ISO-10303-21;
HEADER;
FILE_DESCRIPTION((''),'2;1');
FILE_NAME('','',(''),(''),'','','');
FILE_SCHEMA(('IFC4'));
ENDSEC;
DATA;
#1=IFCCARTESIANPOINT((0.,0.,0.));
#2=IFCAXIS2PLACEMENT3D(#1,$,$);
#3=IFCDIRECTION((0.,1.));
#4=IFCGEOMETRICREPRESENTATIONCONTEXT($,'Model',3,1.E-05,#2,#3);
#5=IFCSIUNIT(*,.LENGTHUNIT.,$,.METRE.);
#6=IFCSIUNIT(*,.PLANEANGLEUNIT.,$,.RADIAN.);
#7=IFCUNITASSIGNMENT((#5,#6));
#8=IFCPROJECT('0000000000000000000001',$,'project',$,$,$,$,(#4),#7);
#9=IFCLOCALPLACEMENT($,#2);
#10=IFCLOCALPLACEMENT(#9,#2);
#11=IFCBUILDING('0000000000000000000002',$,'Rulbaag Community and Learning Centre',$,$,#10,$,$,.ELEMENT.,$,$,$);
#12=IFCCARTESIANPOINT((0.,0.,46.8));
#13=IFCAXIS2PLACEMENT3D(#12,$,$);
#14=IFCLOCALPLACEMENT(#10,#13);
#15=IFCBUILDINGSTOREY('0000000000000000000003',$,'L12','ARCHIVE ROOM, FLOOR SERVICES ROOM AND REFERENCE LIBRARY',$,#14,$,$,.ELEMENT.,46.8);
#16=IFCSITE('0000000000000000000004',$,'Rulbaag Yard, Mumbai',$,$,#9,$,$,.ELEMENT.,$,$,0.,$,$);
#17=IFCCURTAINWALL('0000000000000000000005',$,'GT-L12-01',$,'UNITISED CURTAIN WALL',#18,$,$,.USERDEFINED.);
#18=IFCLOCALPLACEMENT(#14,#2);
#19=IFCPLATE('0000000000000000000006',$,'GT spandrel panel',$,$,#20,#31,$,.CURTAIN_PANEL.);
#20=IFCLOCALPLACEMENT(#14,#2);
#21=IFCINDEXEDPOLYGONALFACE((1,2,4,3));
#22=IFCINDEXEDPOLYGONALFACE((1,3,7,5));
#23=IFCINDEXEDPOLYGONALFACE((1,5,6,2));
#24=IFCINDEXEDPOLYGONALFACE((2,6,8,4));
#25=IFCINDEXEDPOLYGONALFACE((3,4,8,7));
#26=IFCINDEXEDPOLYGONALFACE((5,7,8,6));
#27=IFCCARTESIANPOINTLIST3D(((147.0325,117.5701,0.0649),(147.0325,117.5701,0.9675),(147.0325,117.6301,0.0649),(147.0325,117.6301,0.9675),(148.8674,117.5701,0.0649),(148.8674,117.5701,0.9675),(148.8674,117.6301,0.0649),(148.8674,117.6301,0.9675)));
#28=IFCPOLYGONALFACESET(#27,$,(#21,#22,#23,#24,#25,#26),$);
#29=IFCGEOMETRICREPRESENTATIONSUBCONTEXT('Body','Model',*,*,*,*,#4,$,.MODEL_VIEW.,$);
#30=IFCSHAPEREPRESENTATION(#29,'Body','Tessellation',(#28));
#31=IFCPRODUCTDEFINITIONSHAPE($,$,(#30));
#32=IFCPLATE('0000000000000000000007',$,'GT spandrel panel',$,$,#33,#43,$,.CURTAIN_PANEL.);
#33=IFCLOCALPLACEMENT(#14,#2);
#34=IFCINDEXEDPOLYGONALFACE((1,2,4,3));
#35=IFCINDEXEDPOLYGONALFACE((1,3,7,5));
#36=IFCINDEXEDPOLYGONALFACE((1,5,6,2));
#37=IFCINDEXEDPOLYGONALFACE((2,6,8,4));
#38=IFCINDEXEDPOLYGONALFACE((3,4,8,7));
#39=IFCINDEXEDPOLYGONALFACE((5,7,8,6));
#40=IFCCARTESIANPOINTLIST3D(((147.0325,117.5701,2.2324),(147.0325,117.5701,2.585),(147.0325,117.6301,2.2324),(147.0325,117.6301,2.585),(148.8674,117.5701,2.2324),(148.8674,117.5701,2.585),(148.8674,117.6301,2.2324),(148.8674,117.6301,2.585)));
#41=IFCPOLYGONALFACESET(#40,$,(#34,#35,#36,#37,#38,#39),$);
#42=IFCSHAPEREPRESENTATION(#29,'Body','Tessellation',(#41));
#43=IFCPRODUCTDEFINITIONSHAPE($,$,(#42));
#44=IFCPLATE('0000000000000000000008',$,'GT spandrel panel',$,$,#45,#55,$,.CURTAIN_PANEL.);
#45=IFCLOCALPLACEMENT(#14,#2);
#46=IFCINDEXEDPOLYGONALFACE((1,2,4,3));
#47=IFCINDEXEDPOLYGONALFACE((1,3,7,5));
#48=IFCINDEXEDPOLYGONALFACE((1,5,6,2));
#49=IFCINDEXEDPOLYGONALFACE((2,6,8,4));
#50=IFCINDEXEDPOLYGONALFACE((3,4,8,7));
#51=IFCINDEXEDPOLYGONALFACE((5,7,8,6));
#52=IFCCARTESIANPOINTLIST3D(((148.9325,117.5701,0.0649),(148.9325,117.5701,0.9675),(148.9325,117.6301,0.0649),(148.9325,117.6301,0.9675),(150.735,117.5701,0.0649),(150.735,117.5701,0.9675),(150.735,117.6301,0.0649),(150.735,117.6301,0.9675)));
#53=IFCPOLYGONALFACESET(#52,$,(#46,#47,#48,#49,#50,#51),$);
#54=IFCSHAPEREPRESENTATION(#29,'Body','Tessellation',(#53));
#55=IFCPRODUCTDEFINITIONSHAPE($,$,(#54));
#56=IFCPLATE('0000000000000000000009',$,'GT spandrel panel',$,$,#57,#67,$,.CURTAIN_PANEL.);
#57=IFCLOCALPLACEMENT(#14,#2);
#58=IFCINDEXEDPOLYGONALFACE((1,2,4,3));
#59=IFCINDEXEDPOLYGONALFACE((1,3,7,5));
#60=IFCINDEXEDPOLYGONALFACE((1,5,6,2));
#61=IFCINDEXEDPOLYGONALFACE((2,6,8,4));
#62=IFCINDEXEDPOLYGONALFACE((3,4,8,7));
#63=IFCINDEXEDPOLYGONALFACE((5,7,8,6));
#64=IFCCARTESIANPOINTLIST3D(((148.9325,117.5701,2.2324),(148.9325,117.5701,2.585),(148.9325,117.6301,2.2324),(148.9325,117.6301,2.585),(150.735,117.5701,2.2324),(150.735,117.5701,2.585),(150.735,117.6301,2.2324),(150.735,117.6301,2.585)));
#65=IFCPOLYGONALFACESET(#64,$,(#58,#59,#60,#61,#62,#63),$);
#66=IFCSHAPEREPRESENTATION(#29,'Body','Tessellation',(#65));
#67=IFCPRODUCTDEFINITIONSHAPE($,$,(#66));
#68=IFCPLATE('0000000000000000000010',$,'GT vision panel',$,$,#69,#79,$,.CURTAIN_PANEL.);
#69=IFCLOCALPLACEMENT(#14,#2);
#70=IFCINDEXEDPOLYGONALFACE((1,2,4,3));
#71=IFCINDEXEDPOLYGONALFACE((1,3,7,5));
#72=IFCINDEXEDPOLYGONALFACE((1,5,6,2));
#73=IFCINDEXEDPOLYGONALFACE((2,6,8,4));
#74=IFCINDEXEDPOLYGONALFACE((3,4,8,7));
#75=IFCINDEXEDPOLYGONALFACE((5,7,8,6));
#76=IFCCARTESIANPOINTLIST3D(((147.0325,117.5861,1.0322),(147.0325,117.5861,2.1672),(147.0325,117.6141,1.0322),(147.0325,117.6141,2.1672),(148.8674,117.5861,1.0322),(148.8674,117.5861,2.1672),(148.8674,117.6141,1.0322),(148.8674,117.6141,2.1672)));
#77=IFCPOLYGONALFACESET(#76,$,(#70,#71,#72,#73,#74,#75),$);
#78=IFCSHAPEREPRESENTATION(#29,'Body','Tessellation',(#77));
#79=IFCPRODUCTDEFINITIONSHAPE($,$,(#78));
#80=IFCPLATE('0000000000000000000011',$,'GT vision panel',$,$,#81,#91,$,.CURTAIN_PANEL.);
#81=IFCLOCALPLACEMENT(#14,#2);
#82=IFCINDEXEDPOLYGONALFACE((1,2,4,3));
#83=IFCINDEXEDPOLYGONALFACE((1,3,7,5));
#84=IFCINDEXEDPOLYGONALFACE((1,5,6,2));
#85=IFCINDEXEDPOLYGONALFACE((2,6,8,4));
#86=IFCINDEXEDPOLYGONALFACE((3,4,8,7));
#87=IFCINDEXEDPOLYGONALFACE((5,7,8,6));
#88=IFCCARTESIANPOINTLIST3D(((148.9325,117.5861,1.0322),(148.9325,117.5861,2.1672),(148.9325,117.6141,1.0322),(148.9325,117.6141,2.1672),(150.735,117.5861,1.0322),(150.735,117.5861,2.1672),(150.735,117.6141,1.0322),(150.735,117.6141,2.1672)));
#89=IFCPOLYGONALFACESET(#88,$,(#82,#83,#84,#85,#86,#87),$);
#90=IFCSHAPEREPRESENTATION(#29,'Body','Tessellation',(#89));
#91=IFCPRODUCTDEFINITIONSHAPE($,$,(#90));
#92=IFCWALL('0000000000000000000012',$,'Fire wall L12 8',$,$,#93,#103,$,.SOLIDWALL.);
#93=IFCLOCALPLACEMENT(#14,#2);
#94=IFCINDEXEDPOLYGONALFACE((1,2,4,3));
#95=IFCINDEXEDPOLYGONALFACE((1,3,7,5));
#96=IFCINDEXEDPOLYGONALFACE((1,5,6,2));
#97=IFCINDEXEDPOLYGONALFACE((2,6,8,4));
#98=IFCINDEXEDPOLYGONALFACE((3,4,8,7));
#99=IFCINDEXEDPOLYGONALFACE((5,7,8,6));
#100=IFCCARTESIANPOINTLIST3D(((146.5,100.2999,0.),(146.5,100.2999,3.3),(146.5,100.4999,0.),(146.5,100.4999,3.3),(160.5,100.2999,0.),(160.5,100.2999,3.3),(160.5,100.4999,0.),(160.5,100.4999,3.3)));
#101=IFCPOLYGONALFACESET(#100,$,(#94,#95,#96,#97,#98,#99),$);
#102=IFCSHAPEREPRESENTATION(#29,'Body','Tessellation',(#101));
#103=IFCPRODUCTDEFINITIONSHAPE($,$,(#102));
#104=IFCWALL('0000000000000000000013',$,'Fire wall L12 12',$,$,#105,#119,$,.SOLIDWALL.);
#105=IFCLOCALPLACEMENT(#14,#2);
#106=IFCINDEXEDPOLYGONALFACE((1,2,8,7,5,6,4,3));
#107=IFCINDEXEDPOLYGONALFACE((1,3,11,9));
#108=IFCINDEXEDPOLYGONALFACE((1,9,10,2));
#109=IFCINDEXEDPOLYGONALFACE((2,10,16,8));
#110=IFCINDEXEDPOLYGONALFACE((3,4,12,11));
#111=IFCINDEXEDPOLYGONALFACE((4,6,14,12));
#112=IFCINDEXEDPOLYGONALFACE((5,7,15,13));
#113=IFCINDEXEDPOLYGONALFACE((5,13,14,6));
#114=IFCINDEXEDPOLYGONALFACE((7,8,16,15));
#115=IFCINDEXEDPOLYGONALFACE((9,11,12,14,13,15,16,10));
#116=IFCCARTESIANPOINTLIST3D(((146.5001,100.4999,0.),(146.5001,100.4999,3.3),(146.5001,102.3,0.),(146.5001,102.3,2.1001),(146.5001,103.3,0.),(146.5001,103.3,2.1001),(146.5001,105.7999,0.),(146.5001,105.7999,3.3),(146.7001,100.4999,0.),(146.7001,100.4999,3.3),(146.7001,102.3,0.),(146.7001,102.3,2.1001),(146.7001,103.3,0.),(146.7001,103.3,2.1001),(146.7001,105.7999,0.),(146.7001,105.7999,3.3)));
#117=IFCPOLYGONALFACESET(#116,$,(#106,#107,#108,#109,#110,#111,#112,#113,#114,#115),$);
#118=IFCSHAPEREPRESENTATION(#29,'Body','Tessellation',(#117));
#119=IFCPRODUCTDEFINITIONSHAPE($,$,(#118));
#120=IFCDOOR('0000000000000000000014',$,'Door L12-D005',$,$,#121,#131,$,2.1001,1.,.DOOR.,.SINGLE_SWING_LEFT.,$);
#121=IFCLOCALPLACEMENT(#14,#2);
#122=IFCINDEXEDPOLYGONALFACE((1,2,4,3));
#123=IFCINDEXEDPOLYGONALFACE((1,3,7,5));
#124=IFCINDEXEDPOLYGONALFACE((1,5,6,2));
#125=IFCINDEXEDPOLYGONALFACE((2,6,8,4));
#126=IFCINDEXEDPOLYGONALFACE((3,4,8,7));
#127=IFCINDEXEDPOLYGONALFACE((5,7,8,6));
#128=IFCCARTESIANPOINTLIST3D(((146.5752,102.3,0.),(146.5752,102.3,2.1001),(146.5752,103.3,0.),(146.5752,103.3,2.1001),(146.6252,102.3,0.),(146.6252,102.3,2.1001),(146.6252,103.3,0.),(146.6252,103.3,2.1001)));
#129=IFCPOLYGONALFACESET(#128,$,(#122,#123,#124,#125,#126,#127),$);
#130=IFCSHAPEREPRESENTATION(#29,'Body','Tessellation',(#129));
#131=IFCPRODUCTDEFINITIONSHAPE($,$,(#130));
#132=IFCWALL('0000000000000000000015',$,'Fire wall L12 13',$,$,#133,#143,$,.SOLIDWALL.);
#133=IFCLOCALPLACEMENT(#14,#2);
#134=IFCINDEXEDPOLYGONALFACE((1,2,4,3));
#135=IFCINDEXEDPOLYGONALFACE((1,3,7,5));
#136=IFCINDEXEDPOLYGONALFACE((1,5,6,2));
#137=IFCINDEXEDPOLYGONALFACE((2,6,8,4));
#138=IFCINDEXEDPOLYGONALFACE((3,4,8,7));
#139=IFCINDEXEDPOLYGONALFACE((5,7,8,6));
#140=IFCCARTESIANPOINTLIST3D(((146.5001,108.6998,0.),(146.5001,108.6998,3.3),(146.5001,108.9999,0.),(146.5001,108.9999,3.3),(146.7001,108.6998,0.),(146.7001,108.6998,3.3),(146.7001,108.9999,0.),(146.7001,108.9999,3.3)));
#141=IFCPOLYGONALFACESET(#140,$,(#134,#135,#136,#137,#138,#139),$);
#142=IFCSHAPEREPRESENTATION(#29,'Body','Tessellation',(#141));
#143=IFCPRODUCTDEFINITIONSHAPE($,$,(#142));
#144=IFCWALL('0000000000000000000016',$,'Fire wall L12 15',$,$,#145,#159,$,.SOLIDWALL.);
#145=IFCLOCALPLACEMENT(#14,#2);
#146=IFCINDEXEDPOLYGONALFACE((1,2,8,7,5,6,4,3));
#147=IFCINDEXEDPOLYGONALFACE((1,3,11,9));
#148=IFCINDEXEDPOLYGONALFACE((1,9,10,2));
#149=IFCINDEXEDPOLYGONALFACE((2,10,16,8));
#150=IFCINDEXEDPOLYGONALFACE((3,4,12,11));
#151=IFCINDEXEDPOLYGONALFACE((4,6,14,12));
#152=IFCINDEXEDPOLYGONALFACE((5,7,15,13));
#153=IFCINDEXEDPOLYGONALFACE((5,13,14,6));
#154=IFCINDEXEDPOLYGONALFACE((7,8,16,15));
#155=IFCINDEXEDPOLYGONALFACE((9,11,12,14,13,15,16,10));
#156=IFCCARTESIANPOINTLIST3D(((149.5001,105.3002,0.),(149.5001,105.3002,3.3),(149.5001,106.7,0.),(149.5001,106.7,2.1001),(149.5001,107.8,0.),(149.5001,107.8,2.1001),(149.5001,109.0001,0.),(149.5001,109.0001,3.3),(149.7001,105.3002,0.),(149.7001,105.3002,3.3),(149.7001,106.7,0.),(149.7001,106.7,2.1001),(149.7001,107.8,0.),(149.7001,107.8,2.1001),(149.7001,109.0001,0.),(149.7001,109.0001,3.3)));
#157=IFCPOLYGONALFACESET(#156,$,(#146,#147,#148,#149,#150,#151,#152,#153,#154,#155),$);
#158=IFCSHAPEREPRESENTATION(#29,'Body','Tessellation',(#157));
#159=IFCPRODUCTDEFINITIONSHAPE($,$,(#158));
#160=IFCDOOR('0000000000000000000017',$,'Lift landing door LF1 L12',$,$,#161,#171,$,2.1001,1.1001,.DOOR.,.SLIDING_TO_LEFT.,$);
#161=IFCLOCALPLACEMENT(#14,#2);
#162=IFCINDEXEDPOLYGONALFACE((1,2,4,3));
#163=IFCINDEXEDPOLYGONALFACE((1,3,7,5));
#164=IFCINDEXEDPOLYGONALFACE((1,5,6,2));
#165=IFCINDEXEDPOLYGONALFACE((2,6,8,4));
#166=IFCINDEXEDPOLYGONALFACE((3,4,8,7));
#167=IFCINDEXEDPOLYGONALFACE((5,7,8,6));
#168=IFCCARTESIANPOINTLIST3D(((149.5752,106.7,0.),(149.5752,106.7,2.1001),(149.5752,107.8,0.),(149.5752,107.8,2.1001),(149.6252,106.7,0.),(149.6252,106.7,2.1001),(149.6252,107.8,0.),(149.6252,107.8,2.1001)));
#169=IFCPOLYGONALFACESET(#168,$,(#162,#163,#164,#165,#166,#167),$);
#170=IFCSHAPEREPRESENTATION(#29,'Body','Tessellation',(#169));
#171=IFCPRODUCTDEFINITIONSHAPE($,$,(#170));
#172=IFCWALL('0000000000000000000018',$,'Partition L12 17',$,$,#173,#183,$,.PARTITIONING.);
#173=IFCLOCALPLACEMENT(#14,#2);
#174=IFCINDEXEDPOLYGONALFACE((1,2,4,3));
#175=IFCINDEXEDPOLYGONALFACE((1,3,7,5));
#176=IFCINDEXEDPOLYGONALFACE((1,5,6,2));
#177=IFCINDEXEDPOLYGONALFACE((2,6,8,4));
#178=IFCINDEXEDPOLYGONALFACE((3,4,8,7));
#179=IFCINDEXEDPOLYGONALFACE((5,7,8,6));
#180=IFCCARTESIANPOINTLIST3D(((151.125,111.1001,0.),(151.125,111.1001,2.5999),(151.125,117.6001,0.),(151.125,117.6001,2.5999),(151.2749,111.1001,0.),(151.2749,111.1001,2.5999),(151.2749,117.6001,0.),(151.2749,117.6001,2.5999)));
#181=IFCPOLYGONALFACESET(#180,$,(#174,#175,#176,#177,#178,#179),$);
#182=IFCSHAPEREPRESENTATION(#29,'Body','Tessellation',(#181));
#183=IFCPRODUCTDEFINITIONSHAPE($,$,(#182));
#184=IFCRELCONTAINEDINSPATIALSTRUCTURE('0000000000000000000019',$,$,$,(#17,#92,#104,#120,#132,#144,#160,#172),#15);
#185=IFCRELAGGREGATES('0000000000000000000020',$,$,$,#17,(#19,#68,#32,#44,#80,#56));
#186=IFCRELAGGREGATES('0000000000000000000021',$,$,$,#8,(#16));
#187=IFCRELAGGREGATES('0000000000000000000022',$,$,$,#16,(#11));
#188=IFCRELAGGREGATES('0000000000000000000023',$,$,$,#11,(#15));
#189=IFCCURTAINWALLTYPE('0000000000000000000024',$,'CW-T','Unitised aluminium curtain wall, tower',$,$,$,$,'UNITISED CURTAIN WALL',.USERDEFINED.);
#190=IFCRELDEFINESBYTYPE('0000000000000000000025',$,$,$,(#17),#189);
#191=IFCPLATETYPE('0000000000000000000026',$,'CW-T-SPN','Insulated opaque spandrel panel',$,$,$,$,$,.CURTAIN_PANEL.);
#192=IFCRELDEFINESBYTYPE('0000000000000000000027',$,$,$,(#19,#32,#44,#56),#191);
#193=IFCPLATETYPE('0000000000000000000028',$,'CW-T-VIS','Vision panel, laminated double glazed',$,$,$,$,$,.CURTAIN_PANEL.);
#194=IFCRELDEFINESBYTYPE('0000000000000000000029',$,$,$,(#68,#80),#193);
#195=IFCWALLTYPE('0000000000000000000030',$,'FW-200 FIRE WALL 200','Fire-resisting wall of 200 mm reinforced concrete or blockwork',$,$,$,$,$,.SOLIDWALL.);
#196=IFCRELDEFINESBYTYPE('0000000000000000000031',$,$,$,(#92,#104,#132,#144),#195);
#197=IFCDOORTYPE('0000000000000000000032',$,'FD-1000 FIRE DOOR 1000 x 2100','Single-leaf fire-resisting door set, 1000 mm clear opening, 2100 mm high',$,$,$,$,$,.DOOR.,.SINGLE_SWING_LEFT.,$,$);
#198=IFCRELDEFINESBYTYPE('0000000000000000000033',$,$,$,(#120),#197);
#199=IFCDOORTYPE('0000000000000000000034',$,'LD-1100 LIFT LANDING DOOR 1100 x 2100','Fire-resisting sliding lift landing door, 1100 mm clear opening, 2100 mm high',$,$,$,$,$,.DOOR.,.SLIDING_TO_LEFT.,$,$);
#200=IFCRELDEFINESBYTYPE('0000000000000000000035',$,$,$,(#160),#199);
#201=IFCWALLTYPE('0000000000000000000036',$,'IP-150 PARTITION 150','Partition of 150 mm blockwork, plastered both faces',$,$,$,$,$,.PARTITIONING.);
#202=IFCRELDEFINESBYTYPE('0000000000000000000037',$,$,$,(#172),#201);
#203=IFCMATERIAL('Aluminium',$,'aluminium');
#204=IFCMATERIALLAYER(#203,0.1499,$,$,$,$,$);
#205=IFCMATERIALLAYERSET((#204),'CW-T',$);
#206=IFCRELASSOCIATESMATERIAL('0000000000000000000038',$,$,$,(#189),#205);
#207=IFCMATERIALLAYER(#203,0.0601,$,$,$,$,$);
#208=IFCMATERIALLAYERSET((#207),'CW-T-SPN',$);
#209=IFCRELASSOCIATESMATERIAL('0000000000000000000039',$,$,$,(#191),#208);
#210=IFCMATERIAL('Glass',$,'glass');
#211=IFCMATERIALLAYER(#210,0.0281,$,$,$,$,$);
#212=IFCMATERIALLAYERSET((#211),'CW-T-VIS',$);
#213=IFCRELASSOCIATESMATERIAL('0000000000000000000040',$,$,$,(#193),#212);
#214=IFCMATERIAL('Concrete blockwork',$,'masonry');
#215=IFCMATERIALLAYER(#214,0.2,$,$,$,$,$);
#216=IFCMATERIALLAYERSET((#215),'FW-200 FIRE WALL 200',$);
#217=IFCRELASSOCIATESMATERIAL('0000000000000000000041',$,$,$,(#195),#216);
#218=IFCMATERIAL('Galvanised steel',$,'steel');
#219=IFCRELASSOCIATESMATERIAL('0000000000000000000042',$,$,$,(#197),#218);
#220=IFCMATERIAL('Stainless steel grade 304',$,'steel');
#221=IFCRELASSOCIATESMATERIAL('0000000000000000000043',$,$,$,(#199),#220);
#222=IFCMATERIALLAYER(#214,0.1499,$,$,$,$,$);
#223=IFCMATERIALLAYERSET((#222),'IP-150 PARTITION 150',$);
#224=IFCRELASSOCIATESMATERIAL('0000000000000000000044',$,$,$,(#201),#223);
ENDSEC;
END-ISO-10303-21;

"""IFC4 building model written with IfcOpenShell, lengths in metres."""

from ifc_helpers import new_model, si_unit, direction, frame, frame_2d, origin, origin_2d, place, context, subcontext, project, spatial, rectangle, extrude, material, layer, layer_set, type_object, element, fill, aggregate, save


model = new_model("IFC4")

# Units and contexts
model_context = context("Model", 3, precision=1e-05, world=origin(), true_north=direction((0.0, 1.0)))
body_context = subcontext(model_context, "Body", "Model", "MODEL_VIEW")
ifc_project = project(units=[si_unit("LENGTHUNIT", "METRE"), si_unit("PLANEANGLEUNIT", "RADIAN")], contexts=[model_context])

# Site, building, storey
site_placement = place(None, origin())
site = spatial("IfcSite", under=ifc_project, at=site_placement, Name="Rulbaag Yard, Mumbai", CompositionType="ELEMENT", RefElevation=0.0)
building_placement = place(site_placement, origin())
building = spatial("IfcBuilding", under=site, at=building_placement, Name="Rulbaag Community and Learning Centre", CompositionType="ELEMENT")
storey_placement = place(building_placement, frame((0.0, 0.0, 46.8)))
storey = spatial("IfcBuildingStorey", under=building, at=storey_placement, Name="L12", Description="ARCHIVE ROOM, FLOOR SERVICES ROOM AND REFERENCE LIBRARY", CompositionType="ELEMENT", Elevation=46.8)

# Curtain wall, plates
ifc_material_1 = material(Name="Aluminium", Category="aluminium")
ifc_layer_1 = layer(ifc_material_1, 0.1499)
ifc_layer_set_1 = layer_set([ifc_layer_1], Name="CW-T")
curtain_wall_type = type_object("IfcCurtainWallType", Name="CW-T", Description="Unitised aluminium curtain wall, tower", ElementType="UNITISED CURTAIN WALL", PredefinedType="USERDEFINED", material=ifc_layer_set_1)
curtain_wall_placement = place(storey_placement, origin())
curtain_wall = element("IfcCurtainWall", 1, at=curtain_wall_placement, inside=storey, type_object=curtain_wall_type, Name="GT-L12-01", ObjectType="UNITISED CURTAIN WALL", PredefinedType="USERDEFINED")
ifc_layer_2 = layer(ifc_material_1, 0.0601)
ifc_layer_set_2 = layer_set([ifc_layer_2], Name="CW-T-SPN")
plate_type_1 = type_object("IfcPlateType", Name="CW-T-SPN", Description="Insulated opaque spandrel panel", PredefinedType="CURTAIN_PANEL", material=ifc_layer_set_2)
plate_1_placement = place(storey_placement, frame((147.95, 117.6001, 0.0649), z_axis=(0.0, 0.0, 1.0), x_axis=(1.0, 0.0, 0.0)))
plate_1 = element("IfcPlate", 2, at=plate_1_placement, type_object=plate_type_1, Name="GT spandrel panel", PredefinedType="CURTAIN_PANEL", context=body_context, shape_type="SweptSolid", body=[
    extrude(rectangle(XDim=1.835, YDim=0.0601, at=origin_2d()), origin(), (0.0, 0.0, 1.0), 0.9026),
])
plate_2_placement = place(storey_placement, frame((147.95, 117.6001, 2.2324), z_axis=(0.0, 0.0, 1.0), x_axis=(1.0, 0.0, 0.0)))
plate_2 = element("IfcPlate", 3, at=plate_2_placement, type_object=plate_type_1, Name="GT spandrel panel", PredefinedType="CURTAIN_PANEL", context=body_context, shape_type="SweptSolid", body=[
    extrude(rectangle(XDim=1.835, YDim=0.0601, at=origin_2d()), origin(), (0.0, 0.0, 1.0), 0.3525),
])
plate_3_placement = place(storey_placement, frame((149.8337, 117.6001, 0.0649), z_axis=(0.0, 0.0, 1.0), x_axis=(1.0, 0.0, 0.0)))
plate_3 = element("IfcPlate", 4, at=plate_3_placement, type_object=plate_type_1, Name="GT spandrel panel", PredefinedType="CURTAIN_PANEL", context=body_context, shape_type="SweptSolid", body=[
    extrude(rectangle(XDim=1.8025, YDim=0.0601, at=origin_2d()), origin(), (0.0, 0.0, 1.0), 0.9026),
])
plate_4_placement = place(storey_placement, frame((149.8337, 117.6001, 2.2324), z_axis=(0.0, 0.0, 1.0), x_axis=(1.0, 0.0, 0.0)))
plate_4 = element("IfcPlate", 5, at=plate_4_placement, type_object=plate_type_1, Name="GT spandrel panel", PredefinedType="CURTAIN_PANEL", context=body_context, shape_type="SweptSolid", body=[
    extrude(rectangle(XDim=1.8025, YDim=0.0601, at=origin_2d()), origin(), (0.0, 0.0, 1.0), 0.3525),
])
ifc_material_2 = material(Name="Glass", Category="glass")
ifc_layer_3 = layer(ifc_material_2, 0.0281)
ifc_layer_set_3 = layer_set([ifc_layer_3], Name="CW-T-VIS")
plate_type_2 = type_object("IfcPlateType", Name="CW-T-VIS", Description="Vision panel, laminated double glazed", PredefinedType="CURTAIN_PANEL", material=ifc_layer_set_3)
plate_5_placement = place(storey_placement, frame((147.95, 117.6001, 1.0322), z_axis=(0.0, 0.0, 1.0), x_axis=(1.0, 0.0, 0.0)))
plate_5 = element("IfcPlate", 6, at=plate_5_placement, type_object=plate_type_2, Name="GT vision panel", PredefinedType="CURTAIN_PANEL", context=body_context, shape_type="SweptSolid", body=[
    extrude(rectangle(XDim=1.835, YDim=0.0281, at=origin_2d()), origin(), (0.0, 0.0, 1.0), 1.135),
])
plate_6_placement = place(storey_placement, frame((149.8337, 117.6001, 1.0322), z_axis=(0.0, 0.0, 1.0), x_axis=(1.0, 0.0, 0.0)))
plate_6 = element("IfcPlate", 7, at=plate_6_placement, type_object=plate_type_2, Name="GT vision panel", PredefinedType="CURTAIN_PANEL", context=body_context, shape_type="SweptSolid", body=[
    extrude(rectangle(XDim=1.8025, YDim=0.0281, at=origin_2d()), origin(), (0.0, 0.0, 1.0), 1.135),
])
aggregate(curtain_wall, [plate_1, plate_5, plate_2, plate_3, plate_6, plate_4])

# Wall
ifc_material_3 = material(Name="Concrete blockwork", Category="masonry")
ifc_layer_4 = layer(ifc_material_3, 0.2)
ifc_layer_set_4 = layer_set([ifc_layer_4], Name="FW-200 FIRE WALL 200")
wall_type_1 = type_object("IfcWallType", Name="FW-200 FIRE WALL 200", Description="Fire-resisting wall of 200 mm reinforced concrete or blockwork", PredefinedType="SOLIDWALL", material=ifc_layer_set_4)
wall_1_placement = place(storey_placement, frame((146.5, 100.3999, 0.0), z_axis=(0.0, 0.0, 1.0), x_axis=(1.0, 0.0, 0.0)))
element("IfcWall", 8, at=wall_1_placement, inside=storey, type_object=wall_type_1, Name="Fire wall L12 8", PredefinedType="SOLIDWALL", context=body_context, shape_type="SweptSolid", body=[
    extrude(rectangle(XDim=14.0, YDim=0.2, at=frame_2d((7.0, 0.0))), origin(), (0.0, 0.0, 1.0), 3.3),
])

# Wall, opening, door
wall_2_placement = place(storey_placement, frame((146.6001, 100.5, 0.0), z_axis=(0.0, 0.0, 1.0), x_axis=(0.0, 1.0, 0.0)))
wall_2 = element("IfcWall", 9, at=wall_2_placement, inside=storey, type_object=wall_type_1, Name="Fire wall L12 12", PredefinedType="SOLIDWALL", context=body_context, shape_type="SweptSolid", body=[
    extrude(rectangle(XDim=5.3, YDim=0.2, at=frame_2d((2.6499, 0.0))), origin(), (0.0, 0.0, 1.0), 3.3),
])
opening_1_placement = place(wall_2_placement, frame((1.8, 0.0, 0.0)))
opening_1 = element("IfcOpeningElement", 10, at=opening_1_placement, cuts=wall_2, PredefinedType="OPENING", context=body_context, shape_type="SweptSolid", body=[
    extrude(rectangle(XDim=1.0, YDim=2.1001, at=frame_2d((0.5, 1.05))), frame((0.0, 0.1099, 0.0), z_axis=(0.0, -1.0, 0.0), x_axis=(1.0, 0.0, 0.0)), (0.0, 0.0, 1.0), 0.22),
])
ifc_material_4 = material(Name="Galvanised steel", Category="steel")
door_type_1 = type_object("IfcDoorType", Name="FD-1000 FIRE DOOR 1000 x 2100", Description="Single-leaf fire-resisting door set, 1000 mm clear opening, 2100 mm high", OperationType="SINGLE_SWING_LEFT", PredefinedType="DOOR", material=ifc_material_4)
door_1_placement = place(opening_1_placement, origin())
door_1 = element("IfcDoor", 11, at=door_1_placement, inside=storey, type_object=door_type_1, Name="Door L12-D005", OperationType="SINGLE_SWING_LEFT", OverallHeight=2.1001, OverallWidth=1.0, PredefinedType="DOOR", context=body_context, shape_type="SweptSolid", body=[
    extrude(rectangle(XDim=1.0, YDim=2.1001, at=frame_2d((0.5, 1.05))), frame((0.0, 0.0249, 0.0), z_axis=(0.0, -1.0, 0.0), x_axis=(1.0, 0.0, 0.0)), (0.0, 0.0, 1.0), 0.05),
])
fill(opening_1, door_1)

# Wall
wall_3_placement = place(storey_placement, frame((146.6001, 108.7, 0.0), z_axis=(0.0, 0.0, 1.0), x_axis=(0.0, 1.0, 0.0)))
element("IfcWall", 12, at=wall_3_placement, inside=storey, type_object=wall_type_1, Name="Fire wall L12 13", PredefinedType="SOLIDWALL", context=body_context, shape_type="SweptSolid", body=[
    extrude(rectangle(XDim=0.3, YDim=0.2, at=frame_2d((0.1499, 0.0))), origin(), (0.0, 0.0, 1.0), 3.3),
])

# Wall, opening, door
wall_4_placement = place(storey_placement, frame((149.6001, 105.3, 0.0), z_axis=(0.0, 0.0, 1.0), x_axis=(0.0, 1.0, 0.0)))
wall_4 = element("IfcWall", 13, at=wall_4_placement, inside=storey, type_object=wall_type_1, Name="Fire wall L12 15", PredefinedType="SOLIDWALL", context=body_context, shape_type="SweptSolid", body=[
    extrude(rectangle(XDim=3.7, YDim=0.2, at=frame_2d((1.8501, 0.0))), origin(), (0.0, 0.0, 1.0), 3.3),
])
opening_2_placement = place(wall_4_placement, frame((1.3999, 0.0, 0.0)))
opening_2 = element("IfcOpeningElement", 14, at=opening_2_placement, cuts=wall_4, PredefinedType="OPENING", context=body_context, shape_type="SweptSolid", body=[
    extrude(rectangle(XDim=1.1001, YDim=2.1001, at=frame_2d((0.55, 1.05))), frame((0.0, 0.1099, 0.0), z_axis=(0.0, -1.0, 0.0), x_axis=(1.0, 0.0, 0.0)), (0.0, 0.0, 1.0), 0.22),
])
ifc_material_5 = material(Name="Stainless steel grade 304", Category="steel")
door_type_2 = type_object("IfcDoorType", Name="LD-1100 LIFT LANDING DOOR 1100 x 2100", Description="Fire-resisting sliding lift landing door, 1100 mm clear opening, 2100 mm high", OperationType="SLIDING_TO_LEFT", PredefinedType="DOOR", material=ifc_material_5)
door_2_placement = place(opening_2_placement, origin())
door_2 = element("IfcDoor", 15, at=door_2_placement, inside=storey, type_object=door_type_2, Name="Lift landing door LF1 L12", OperationType="SLIDING_TO_LEFT", OverallHeight=2.1001, OverallWidth=1.1001, PredefinedType="DOOR", context=body_context, shape_type="SweptSolid", body=[
    extrude(rectangle(XDim=1.1001, YDim=2.1001, at=frame_2d((0.55, 1.05))), frame((0.0, 0.0249, 0.0), z_axis=(0.0, -1.0, 0.0), x_axis=(1.0, 0.0, 0.0)), (0.0, 0.0, 1.0), 0.05),
])
fill(opening_2, door_2)

# Wall
ifc_layer_5 = layer(ifc_material_3, 0.1499)
ifc_layer_set_5 = layer_set([ifc_layer_5], Name="IP-150 PARTITION 150")
wall_type_2 = type_object("IfcWallType", Name="IP-150 PARTITION 150", Description="Partition of 150 mm blockwork, plastered both faces", PredefinedType="PARTITIONING", material=ifc_layer_set_5)
wall_5_placement = place(storey_placement, frame((151.2, 111.1001, 0.0), z_axis=(0.0, 0.0, 1.0), x_axis=(0.0, 1.0, 0.0)))
element("IfcWall", 16, at=wall_5_placement, inside=storey, type_object=wall_type_2, Name="Partition L12 17", PredefinedType="PARTITIONING", context=body_context, shape_type="SweptSolid", body=[
    extrude(rectangle(XDim=6.5, YDim=0.1499, at=frame_2d((3.25, 0.0))), origin(), (0.0, 0.0, 1.0), 2.5999),
])

save(model, "model.ifc")
